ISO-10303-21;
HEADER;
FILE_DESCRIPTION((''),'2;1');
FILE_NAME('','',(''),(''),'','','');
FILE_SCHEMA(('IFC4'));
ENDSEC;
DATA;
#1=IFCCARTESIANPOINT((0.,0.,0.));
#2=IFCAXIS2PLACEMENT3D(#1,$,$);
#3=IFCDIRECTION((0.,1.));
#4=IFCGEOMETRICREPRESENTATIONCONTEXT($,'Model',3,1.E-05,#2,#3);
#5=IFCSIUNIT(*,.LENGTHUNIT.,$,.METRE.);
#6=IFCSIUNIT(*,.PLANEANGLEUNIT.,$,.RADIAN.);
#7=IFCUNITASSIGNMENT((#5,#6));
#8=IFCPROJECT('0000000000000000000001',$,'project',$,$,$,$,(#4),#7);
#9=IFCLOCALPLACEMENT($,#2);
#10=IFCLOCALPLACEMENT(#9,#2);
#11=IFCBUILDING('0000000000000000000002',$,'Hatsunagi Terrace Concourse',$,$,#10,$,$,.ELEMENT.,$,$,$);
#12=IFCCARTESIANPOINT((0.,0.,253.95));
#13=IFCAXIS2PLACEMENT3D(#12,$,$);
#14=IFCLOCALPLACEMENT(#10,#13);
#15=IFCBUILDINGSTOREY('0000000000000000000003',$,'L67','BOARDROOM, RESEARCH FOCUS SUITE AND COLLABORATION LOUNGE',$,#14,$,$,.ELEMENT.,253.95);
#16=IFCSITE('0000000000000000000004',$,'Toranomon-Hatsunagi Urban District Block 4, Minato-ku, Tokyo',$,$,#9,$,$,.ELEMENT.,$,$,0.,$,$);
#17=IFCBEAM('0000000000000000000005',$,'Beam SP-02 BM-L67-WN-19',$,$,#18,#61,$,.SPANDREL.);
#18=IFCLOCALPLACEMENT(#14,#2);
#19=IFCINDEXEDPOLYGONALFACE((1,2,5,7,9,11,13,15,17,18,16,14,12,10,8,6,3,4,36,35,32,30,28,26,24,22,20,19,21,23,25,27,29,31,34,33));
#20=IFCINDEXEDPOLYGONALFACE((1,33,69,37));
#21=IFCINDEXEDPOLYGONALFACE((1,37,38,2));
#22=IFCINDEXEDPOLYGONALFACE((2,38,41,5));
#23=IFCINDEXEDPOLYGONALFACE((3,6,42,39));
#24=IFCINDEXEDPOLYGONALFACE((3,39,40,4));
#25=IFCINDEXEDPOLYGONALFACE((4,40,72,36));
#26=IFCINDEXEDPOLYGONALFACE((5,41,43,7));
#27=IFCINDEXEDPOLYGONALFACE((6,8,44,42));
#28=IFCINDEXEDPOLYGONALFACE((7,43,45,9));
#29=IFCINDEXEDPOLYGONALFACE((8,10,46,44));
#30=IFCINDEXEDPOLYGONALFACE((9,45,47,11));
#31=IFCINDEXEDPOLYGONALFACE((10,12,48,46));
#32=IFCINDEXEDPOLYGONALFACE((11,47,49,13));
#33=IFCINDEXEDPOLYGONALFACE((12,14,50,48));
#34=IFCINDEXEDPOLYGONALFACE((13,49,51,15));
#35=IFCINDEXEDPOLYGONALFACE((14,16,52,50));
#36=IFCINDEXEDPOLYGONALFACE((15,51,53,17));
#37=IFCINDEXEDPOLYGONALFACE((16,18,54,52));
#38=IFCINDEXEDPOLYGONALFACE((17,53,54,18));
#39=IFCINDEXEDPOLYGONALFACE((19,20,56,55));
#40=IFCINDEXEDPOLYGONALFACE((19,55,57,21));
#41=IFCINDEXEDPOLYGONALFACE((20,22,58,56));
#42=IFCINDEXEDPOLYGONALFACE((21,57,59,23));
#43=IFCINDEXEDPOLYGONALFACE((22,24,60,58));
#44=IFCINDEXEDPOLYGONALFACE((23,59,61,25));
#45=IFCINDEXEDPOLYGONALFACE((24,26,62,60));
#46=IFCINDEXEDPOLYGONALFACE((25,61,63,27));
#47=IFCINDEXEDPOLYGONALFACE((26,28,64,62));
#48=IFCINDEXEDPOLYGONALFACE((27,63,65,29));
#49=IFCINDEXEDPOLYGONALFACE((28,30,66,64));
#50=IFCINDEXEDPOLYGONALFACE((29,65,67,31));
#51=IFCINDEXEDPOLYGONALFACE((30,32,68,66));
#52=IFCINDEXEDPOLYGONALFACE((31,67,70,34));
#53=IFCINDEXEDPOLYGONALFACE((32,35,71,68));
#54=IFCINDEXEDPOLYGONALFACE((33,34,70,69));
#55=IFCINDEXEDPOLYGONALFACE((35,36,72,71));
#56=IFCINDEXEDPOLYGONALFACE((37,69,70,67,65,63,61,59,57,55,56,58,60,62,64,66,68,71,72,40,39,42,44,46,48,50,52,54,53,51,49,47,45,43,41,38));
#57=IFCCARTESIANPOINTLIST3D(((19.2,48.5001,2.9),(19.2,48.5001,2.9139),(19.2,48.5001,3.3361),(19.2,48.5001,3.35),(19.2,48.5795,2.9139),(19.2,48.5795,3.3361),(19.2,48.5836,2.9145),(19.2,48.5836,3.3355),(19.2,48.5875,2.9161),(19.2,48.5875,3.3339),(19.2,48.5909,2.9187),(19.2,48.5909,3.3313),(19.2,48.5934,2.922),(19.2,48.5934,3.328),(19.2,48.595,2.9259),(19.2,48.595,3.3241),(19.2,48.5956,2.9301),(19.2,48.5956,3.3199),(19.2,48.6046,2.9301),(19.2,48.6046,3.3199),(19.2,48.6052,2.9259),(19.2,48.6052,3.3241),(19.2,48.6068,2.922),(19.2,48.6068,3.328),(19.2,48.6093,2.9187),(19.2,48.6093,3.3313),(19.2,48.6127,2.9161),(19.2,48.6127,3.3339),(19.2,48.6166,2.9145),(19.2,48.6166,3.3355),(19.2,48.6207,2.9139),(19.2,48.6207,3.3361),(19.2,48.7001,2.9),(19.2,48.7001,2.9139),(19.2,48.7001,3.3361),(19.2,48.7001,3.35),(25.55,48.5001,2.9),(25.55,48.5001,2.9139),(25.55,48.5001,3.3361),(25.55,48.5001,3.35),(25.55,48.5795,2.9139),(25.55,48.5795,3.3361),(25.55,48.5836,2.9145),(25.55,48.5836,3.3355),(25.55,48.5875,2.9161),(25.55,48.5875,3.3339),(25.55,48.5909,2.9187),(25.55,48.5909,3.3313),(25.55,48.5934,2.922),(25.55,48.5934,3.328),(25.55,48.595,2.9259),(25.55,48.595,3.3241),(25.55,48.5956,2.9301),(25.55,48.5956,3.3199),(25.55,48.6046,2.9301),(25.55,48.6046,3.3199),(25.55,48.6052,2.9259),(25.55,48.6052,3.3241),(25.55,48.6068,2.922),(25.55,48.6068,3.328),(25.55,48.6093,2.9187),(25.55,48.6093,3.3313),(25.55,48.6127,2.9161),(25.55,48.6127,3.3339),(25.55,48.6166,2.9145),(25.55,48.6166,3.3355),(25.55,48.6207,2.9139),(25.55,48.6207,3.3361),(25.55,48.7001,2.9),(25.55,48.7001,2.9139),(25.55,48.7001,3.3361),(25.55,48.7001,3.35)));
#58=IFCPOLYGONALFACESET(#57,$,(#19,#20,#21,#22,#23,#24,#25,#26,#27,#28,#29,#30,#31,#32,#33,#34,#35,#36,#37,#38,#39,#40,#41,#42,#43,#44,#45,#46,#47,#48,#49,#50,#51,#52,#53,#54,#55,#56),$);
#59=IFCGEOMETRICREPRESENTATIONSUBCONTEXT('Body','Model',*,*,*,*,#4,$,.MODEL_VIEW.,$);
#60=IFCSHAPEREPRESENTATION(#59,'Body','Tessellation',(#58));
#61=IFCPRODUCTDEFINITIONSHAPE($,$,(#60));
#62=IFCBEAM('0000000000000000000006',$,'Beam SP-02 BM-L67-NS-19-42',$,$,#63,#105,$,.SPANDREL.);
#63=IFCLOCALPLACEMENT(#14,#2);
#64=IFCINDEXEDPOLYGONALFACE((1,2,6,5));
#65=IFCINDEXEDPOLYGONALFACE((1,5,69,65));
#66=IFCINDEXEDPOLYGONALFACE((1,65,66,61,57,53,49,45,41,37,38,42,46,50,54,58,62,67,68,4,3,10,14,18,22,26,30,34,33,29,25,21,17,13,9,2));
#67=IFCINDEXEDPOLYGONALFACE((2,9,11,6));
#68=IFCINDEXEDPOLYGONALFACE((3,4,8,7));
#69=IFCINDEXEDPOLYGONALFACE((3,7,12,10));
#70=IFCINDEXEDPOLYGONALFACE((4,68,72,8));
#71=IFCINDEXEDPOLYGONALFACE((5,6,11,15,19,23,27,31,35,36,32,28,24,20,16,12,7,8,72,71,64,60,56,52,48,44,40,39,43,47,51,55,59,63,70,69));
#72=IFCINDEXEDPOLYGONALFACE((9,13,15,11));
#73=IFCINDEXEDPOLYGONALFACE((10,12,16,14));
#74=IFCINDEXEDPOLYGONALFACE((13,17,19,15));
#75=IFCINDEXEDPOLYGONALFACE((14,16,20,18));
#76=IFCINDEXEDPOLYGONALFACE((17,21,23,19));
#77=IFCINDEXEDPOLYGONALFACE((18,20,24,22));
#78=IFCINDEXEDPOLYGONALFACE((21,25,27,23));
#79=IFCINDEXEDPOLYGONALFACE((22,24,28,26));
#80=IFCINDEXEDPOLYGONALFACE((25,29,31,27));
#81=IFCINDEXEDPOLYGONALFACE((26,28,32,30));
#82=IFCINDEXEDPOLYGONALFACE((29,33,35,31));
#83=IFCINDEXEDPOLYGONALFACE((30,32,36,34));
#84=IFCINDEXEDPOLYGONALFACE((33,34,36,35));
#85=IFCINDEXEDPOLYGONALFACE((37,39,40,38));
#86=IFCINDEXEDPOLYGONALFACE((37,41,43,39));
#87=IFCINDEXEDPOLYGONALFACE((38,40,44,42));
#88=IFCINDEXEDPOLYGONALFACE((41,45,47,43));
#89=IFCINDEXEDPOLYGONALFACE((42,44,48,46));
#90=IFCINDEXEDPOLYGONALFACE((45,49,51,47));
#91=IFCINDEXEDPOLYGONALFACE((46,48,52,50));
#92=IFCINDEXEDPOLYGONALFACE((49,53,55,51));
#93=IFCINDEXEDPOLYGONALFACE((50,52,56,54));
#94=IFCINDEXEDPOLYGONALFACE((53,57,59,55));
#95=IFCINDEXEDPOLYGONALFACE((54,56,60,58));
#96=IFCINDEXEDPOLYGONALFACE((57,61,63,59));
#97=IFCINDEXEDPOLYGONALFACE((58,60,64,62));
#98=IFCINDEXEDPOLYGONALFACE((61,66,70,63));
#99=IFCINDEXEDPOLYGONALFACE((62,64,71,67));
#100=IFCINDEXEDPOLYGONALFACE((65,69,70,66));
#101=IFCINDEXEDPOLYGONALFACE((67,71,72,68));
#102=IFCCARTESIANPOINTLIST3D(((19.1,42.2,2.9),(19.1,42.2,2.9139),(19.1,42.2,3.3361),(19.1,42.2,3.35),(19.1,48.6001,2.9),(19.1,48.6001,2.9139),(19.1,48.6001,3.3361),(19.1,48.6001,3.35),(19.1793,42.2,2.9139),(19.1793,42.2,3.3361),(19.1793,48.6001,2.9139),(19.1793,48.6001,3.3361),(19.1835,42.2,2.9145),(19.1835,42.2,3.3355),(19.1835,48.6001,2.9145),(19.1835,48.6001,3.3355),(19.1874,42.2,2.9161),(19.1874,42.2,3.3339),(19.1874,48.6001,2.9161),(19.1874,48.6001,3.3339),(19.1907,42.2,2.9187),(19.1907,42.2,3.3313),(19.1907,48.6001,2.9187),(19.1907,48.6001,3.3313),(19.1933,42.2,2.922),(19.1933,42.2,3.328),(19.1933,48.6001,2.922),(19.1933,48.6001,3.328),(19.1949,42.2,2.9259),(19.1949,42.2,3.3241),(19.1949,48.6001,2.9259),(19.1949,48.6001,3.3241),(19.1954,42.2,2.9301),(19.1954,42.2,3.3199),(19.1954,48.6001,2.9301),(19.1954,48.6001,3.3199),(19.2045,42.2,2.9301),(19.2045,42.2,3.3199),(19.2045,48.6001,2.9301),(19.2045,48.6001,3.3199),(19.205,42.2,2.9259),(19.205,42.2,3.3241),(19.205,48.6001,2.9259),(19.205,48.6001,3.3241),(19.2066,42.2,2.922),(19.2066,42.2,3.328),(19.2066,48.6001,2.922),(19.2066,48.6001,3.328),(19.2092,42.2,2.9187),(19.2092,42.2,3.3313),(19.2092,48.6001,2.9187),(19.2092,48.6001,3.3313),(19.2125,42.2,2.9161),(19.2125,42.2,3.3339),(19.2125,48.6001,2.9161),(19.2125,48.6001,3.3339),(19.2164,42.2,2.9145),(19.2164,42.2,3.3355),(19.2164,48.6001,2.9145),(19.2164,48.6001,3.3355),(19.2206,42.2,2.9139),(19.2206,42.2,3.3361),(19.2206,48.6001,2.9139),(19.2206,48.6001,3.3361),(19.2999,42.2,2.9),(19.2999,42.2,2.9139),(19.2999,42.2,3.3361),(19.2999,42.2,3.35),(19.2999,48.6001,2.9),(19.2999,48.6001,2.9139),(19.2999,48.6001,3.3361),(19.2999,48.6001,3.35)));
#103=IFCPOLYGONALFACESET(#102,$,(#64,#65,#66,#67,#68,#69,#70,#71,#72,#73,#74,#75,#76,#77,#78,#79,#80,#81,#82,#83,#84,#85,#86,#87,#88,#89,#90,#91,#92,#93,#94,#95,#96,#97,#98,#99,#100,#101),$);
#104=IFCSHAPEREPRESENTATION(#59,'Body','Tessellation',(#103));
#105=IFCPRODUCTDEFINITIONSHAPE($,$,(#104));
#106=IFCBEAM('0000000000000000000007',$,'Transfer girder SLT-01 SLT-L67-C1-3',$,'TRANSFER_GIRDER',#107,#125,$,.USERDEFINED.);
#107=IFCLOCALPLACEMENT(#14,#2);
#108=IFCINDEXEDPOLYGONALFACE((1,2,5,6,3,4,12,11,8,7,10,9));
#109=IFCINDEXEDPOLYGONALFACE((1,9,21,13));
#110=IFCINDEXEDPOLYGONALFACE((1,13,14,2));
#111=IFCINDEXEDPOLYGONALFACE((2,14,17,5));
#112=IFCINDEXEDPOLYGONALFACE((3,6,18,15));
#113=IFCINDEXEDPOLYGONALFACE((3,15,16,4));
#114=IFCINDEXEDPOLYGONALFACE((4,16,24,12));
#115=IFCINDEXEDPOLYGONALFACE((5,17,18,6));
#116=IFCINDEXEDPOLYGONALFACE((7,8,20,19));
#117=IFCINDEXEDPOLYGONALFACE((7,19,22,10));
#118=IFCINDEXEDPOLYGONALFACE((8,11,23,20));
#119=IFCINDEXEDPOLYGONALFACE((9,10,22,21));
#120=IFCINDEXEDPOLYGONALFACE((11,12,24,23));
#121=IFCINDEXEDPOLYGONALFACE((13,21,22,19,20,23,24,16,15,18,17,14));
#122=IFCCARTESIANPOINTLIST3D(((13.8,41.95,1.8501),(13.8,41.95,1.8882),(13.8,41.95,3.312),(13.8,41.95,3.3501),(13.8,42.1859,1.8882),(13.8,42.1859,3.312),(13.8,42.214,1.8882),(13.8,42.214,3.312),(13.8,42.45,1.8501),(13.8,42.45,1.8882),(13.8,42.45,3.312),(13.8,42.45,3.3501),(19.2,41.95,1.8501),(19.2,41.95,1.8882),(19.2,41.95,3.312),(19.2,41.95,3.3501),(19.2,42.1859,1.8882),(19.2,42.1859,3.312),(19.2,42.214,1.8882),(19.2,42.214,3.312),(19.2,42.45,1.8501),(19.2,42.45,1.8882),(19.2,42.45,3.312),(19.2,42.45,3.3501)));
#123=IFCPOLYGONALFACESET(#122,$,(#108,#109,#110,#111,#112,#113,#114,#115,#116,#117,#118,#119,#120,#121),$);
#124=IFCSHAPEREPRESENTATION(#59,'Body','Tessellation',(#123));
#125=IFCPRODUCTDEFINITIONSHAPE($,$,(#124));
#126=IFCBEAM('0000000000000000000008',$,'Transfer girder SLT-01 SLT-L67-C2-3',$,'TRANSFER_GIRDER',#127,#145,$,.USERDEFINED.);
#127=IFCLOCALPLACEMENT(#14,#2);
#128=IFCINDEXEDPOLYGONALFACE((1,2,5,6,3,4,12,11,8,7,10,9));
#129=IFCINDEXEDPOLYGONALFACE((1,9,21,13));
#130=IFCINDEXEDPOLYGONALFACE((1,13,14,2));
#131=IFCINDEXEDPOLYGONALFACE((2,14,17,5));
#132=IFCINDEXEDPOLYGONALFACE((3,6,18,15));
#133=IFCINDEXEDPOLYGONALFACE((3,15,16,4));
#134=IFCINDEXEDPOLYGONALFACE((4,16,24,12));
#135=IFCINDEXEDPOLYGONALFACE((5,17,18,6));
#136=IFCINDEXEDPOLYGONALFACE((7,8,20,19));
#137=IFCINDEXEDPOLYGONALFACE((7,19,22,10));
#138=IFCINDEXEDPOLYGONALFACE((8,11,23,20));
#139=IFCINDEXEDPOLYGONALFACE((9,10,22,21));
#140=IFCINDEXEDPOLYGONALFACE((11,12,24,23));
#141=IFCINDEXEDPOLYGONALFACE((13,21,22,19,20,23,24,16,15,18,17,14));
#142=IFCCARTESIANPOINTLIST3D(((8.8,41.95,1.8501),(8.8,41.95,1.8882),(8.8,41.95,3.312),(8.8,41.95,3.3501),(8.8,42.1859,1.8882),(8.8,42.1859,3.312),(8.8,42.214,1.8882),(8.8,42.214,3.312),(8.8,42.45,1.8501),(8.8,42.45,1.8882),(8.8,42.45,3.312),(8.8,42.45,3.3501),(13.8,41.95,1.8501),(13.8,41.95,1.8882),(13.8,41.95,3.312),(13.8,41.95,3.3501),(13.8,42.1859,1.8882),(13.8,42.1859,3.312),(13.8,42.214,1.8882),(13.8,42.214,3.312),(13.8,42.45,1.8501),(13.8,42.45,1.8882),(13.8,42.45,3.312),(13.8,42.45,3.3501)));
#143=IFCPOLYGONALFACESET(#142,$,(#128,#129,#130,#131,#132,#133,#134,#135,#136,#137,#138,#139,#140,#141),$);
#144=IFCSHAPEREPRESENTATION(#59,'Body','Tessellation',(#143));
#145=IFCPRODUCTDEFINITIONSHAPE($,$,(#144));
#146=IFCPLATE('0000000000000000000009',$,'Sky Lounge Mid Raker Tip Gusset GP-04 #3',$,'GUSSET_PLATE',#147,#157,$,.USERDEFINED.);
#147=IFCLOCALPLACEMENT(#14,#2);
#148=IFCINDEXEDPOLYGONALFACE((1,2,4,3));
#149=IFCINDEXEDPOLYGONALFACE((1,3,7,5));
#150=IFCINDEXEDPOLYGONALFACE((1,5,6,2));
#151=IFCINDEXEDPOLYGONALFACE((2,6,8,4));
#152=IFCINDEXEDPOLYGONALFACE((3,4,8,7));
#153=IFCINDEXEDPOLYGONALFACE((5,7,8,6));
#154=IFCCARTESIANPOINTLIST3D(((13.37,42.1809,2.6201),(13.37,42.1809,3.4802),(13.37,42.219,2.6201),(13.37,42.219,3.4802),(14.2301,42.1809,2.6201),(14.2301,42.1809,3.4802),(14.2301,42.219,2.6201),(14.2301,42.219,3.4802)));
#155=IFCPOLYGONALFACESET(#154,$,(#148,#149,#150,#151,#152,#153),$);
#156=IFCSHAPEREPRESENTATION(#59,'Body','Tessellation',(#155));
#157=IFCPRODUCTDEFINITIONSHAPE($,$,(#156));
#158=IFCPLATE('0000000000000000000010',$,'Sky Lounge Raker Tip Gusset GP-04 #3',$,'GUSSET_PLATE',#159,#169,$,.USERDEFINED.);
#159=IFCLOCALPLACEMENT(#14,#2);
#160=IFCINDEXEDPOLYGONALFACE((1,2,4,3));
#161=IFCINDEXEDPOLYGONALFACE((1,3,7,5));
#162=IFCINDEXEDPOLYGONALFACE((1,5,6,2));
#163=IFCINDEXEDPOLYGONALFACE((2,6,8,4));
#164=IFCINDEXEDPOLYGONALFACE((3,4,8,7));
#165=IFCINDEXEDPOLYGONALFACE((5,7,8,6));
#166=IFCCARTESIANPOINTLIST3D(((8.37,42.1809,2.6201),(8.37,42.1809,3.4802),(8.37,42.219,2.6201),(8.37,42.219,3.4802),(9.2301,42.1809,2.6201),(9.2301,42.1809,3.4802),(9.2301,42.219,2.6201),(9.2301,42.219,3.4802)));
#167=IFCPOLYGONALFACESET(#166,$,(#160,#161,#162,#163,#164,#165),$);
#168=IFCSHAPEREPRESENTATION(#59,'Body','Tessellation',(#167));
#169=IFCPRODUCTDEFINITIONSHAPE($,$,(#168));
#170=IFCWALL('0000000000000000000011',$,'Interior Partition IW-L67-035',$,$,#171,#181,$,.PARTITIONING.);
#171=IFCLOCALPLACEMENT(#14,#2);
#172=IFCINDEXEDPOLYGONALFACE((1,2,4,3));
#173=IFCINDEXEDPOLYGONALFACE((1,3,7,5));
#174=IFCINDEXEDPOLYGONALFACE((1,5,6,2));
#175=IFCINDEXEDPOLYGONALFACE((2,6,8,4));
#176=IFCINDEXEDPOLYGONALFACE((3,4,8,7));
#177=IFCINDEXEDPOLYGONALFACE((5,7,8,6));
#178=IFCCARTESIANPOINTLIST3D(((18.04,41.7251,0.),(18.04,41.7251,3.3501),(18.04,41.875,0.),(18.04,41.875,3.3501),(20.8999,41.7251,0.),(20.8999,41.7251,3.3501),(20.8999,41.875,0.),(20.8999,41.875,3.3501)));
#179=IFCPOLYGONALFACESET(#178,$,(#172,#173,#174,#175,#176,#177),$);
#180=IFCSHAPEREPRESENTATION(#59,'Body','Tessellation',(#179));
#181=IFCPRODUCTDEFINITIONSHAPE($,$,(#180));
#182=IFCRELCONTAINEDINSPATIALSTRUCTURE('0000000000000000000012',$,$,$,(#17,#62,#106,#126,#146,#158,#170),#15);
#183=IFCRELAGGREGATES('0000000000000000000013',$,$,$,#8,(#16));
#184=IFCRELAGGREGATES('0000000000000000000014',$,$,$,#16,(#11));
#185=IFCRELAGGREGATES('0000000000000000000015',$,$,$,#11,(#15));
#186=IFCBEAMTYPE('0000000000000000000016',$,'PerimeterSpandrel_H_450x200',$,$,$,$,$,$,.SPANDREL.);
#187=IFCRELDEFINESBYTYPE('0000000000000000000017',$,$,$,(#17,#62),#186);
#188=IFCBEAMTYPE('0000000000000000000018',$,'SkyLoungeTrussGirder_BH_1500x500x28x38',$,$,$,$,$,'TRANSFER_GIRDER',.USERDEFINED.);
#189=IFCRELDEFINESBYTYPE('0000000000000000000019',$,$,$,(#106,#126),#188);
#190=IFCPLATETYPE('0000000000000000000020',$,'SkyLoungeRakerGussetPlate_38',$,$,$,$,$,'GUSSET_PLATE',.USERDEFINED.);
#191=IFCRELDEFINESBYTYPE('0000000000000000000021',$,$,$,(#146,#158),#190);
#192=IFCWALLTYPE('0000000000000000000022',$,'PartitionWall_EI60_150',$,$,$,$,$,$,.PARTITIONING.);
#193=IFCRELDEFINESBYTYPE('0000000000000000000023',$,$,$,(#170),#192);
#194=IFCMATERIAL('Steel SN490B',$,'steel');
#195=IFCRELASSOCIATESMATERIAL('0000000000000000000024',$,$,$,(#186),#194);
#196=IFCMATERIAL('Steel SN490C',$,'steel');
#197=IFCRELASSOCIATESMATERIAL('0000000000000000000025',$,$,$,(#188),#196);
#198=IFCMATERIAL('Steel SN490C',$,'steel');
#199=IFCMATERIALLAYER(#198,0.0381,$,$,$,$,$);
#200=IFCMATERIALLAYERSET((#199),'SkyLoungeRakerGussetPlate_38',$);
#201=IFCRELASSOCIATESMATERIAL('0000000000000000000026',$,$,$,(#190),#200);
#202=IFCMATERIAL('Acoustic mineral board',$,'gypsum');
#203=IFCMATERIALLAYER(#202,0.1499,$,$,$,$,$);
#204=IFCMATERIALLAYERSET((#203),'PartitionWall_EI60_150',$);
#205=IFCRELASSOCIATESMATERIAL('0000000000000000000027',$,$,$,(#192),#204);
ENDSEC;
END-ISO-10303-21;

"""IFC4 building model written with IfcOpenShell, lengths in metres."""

from ifc_helpers import new_model, si_unit, direction, frame, frame_2d, origin, origin_2d, place, context, subcontext, project, spatial, rectangle, i_section, extrude, material, layer, layer_set, material_profile, profile_set, type_object, element, save


model = new_model("IFC4")

# Units and contexts
model_context = context("Model", 3, precision=1e-05, world=origin(), true_north=direction((0.0, 1.0)))
body_context = subcontext(model_context, "Body", "Model", "MODEL_VIEW")
ifc_project = project(units=[si_unit("LENGTHUNIT", "METRE"), si_unit("PLANEANGLEUNIT", "RADIAN")], contexts=[model_context])

# Site, building, storey
site_placement = place(None, origin())
site = spatial("IfcSite", under=ifc_project, at=site_placement, Name="Toranomon-Hatsunagi Urban District Block 4, Minato-ku, Tokyo", CompositionType="ELEMENT", RefElevation=0.0)
building_placement = place(site_placement, origin())
building = spatial("IfcBuilding", under=site, at=building_placement, Name="Hatsunagi Terrace Concourse", CompositionType="ELEMENT")
storey_placement = place(building_placement, frame((0.0, 0.0, 253.95)))
storey = spatial("IfcBuildingStorey", under=building, at=storey_placement, Name="L67", Description="BOARDROOM, RESEARCH FOCUS SUITE AND COLLABORATION LOUNGE", CompositionType="ELEMENT", Elevation=253.95)

# Beams
ifc_material_1 = material(Name="Steel SN490B", Category="steel")
ifc_material_profile_1 = material_profile(ifc_material_1, i_section(OverallWidth=0.2, OverallDepth=0.45, WebThickness=0.009, FlangeThickness=0.0139, FilletRadius=0.0161, at=origin_2d()), Name="H-450x200x9x14")
ifc_profile_set_1 = profile_set([ifc_material_profile_1], Name="Steel SN490B")
beam_type_1 = type_object("IfcBeamType", Name="PerimeterSpandrel_H_450x200", PredefinedType="SPANDREL", material=ifc_profile_set_1)
beam_1_placement = place(storey_placement, frame((19.2, 48.6001, 3.125), z_axis=(1.0, 0.0, 0.0), x_axis=(0.0, 1.0, 0.0)))
element("IfcBeam", 1, at=beam_1_placement, inside=storey, type_object=beam_type_1, Name="Beam SP-02 BM-L67-WN-19", PredefinedType="SPANDREL", context=body_context, shape_type="SweptSolid", body=[
    extrude(i_section(OverallWidth=0.2, OverallDepth=0.45, WebThickness=0.009, FlangeThickness=0.0139, FilletRadius=0.0161, at=origin_2d()), origin(), (0.0, 0.0, 1.0), 6.3501),
])
beam_2_placement = place(storey_placement, frame((19.2, 42.2, 3.125), z_axis=(0.0, 1.0, 0.0), x_axis=(-1.0, 0.0, 0.0)))
element("IfcBeam", 2, at=beam_2_placement, inside=storey, type_object=beam_type_1, Name="Beam SP-02 BM-L67-NS-19-42", PredefinedType="SPANDREL", context=body_context, shape_type="SweptSolid", body=[
    extrude(i_section(OverallWidth=0.2, OverallDepth=0.45, WebThickness=0.009, FlangeThickness=0.0139, FilletRadius=0.0161, at=origin_2d()), origin(), (0.0, 0.0, 1.0), 6.4001),
])
ifc_material_2 = material(Name="Steel SN490C", Category="steel")
ifc_material_profile_2 = material_profile(ifc_material_2, i_section(OverallWidth=0.5, OverallDepth=1.5, WebThickness=0.0281, FlangeThickness=0.0381, at=origin_2d()), Name="BH-1500x500x28x38")
ifc_profile_set_2 = profile_set([ifc_material_profile_2], Name="Steel SN490C")
beam_type_2 = type_object("IfcBeamType", Name="SkyLoungeTrussGirder_BH_1500x500x28x38", ElementType="TRANSFER_GIRDER", PredefinedType="USERDEFINED", material=ifc_profile_set_2)
beam_3_placement = place(storey_placement, frame((19.2, 42.2, 2.6001), z_axis=(-1.0, 0.0, 0.0), x_axis=(0.0, -1.0, 0.0)))
element("IfcBeam", 3, at=beam_3_placement, inside=storey, type_object=beam_type_2, Name="Transfer girder SLT-01 SLT-L67-C1-3", ObjectType="TRANSFER_GIRDER", PredefinedType="USERDEFINED", context=body_context, shape_type="SweptSolid", body=[
    extrude(i_section(OverallWidth=0.5, OverallDepth=1.5, WebThickness=0.0281, FlangeThickness=0.0381, at=origin_2d()), origin(), (0.0, 0.0, 1.0), 5.3999),
])
beam_4_placement = place(storey_placement, frame((13.8, 42.2, 2.6001), z_axis=(-1.0, 0.0, 0.0), x_axis=(0.0, -1.0, 0.0)))
element("IfcBeam", 4, at=beam_4_placement, inside=storey, type_object=beam_type_2, Name="Transfer girder SLT-01 SLT-L67-C2-3", ObjectType="TRANSFER_GIRDER", PredefinedType="USERDEFINED", context=body_context, shape_type="SweptSolid", body=[
    extrude(i_section(OverallWidth=0.5, OverallDepth=1.5, WebThickness=0.0281, FlangeThickness=0.0381, at=origin_2d()), origin(), (0.0, 0.0, 1.0), 5.0),
])

# Plates
ifc_material_3 = material(Name="Steel SN490C", Category="steel")
ifc_layer_1 = layer(ifc_material_3, 0.0381)
ifc_layer_set_1 = layer_set([ifc_layer_1], Name="SkyLoungeRakerGussetPlate_38")
plate_type = type_object("IfcPlateType", Name="SkyLoungeRakerGussetPlate_38", ElementType="GUSSET_PLATE", PredefinedType="USERDEFINED", material=ifc_layer_set_1)
for number, where, z_axis, x_axis, name in (
    (5, (13.8, 42.2, 2.6201), (0.0, 0.0, 1.0), (1.0, 0.0, 0.0), "Sky Lounge Mid Raker Tip Gusset GP-04 #3"),
    (6, (8.8, 42.2, 2.6201), (0.0, 0.0, 1.0), (1.0, 0.0, 0.0), "Sky Lounge Raker Tip Gusset GP-04 #3"),
):
    element("IfcPlate", number, at=place(storey_placement, frame(where, z_axis=z_axis, x_axis=x_axis)), inside=storey, type_object=plate_type, Name=name, ObjectType="GUSSET_PLATE", PredefinedType="USERDEFINED", context=body_context, shape_type="SweptSolid", body=[
        extrude(rectangle(XDim=0.8601, YDim=0.0381, at=origin_2d()), origin(), (0.0, 0.0, 1.0), 0.8601),
    ])

# Wall
ifc_material_4 = material(Name="Acoustic mineral board", Category="gypsum")
ifc_layer_2 = layer(ifc_material_4, 0.1499)
ifc_layer_set_2 = layer_set([ifc_layer_2], Name="PartitionWall_EI60_150")
wall_type_1 = type_object("IfcWallType", Name="PartitionWall_EI60_150", PredefinedType="PARTITIONING", material=ifc_layer_set_2)
wall_1_placement = place(storey_placement, frame((18.04, 41.8, 0.0), z_axis=(0.0, 0.0, 1.0), x_axis=(1.0, 0.0, 0.0)))
element("IfcWall", 7, at=wall_1_placement, inside=storey, type_object=wall_type_1, Name="Interior Partition IW-L67-035", PredefinedType="PARTITIONING", context=body_context, shape_type="SweptSolid", body=[
    extrude(rectangle(XDim=2.8599, YDim=0.1499, at=frame_2d((1.4299, 0.0))), origin(), (0.0, 0.0, 1.0), 3.3501),
])

save(model, "model.ifc")
